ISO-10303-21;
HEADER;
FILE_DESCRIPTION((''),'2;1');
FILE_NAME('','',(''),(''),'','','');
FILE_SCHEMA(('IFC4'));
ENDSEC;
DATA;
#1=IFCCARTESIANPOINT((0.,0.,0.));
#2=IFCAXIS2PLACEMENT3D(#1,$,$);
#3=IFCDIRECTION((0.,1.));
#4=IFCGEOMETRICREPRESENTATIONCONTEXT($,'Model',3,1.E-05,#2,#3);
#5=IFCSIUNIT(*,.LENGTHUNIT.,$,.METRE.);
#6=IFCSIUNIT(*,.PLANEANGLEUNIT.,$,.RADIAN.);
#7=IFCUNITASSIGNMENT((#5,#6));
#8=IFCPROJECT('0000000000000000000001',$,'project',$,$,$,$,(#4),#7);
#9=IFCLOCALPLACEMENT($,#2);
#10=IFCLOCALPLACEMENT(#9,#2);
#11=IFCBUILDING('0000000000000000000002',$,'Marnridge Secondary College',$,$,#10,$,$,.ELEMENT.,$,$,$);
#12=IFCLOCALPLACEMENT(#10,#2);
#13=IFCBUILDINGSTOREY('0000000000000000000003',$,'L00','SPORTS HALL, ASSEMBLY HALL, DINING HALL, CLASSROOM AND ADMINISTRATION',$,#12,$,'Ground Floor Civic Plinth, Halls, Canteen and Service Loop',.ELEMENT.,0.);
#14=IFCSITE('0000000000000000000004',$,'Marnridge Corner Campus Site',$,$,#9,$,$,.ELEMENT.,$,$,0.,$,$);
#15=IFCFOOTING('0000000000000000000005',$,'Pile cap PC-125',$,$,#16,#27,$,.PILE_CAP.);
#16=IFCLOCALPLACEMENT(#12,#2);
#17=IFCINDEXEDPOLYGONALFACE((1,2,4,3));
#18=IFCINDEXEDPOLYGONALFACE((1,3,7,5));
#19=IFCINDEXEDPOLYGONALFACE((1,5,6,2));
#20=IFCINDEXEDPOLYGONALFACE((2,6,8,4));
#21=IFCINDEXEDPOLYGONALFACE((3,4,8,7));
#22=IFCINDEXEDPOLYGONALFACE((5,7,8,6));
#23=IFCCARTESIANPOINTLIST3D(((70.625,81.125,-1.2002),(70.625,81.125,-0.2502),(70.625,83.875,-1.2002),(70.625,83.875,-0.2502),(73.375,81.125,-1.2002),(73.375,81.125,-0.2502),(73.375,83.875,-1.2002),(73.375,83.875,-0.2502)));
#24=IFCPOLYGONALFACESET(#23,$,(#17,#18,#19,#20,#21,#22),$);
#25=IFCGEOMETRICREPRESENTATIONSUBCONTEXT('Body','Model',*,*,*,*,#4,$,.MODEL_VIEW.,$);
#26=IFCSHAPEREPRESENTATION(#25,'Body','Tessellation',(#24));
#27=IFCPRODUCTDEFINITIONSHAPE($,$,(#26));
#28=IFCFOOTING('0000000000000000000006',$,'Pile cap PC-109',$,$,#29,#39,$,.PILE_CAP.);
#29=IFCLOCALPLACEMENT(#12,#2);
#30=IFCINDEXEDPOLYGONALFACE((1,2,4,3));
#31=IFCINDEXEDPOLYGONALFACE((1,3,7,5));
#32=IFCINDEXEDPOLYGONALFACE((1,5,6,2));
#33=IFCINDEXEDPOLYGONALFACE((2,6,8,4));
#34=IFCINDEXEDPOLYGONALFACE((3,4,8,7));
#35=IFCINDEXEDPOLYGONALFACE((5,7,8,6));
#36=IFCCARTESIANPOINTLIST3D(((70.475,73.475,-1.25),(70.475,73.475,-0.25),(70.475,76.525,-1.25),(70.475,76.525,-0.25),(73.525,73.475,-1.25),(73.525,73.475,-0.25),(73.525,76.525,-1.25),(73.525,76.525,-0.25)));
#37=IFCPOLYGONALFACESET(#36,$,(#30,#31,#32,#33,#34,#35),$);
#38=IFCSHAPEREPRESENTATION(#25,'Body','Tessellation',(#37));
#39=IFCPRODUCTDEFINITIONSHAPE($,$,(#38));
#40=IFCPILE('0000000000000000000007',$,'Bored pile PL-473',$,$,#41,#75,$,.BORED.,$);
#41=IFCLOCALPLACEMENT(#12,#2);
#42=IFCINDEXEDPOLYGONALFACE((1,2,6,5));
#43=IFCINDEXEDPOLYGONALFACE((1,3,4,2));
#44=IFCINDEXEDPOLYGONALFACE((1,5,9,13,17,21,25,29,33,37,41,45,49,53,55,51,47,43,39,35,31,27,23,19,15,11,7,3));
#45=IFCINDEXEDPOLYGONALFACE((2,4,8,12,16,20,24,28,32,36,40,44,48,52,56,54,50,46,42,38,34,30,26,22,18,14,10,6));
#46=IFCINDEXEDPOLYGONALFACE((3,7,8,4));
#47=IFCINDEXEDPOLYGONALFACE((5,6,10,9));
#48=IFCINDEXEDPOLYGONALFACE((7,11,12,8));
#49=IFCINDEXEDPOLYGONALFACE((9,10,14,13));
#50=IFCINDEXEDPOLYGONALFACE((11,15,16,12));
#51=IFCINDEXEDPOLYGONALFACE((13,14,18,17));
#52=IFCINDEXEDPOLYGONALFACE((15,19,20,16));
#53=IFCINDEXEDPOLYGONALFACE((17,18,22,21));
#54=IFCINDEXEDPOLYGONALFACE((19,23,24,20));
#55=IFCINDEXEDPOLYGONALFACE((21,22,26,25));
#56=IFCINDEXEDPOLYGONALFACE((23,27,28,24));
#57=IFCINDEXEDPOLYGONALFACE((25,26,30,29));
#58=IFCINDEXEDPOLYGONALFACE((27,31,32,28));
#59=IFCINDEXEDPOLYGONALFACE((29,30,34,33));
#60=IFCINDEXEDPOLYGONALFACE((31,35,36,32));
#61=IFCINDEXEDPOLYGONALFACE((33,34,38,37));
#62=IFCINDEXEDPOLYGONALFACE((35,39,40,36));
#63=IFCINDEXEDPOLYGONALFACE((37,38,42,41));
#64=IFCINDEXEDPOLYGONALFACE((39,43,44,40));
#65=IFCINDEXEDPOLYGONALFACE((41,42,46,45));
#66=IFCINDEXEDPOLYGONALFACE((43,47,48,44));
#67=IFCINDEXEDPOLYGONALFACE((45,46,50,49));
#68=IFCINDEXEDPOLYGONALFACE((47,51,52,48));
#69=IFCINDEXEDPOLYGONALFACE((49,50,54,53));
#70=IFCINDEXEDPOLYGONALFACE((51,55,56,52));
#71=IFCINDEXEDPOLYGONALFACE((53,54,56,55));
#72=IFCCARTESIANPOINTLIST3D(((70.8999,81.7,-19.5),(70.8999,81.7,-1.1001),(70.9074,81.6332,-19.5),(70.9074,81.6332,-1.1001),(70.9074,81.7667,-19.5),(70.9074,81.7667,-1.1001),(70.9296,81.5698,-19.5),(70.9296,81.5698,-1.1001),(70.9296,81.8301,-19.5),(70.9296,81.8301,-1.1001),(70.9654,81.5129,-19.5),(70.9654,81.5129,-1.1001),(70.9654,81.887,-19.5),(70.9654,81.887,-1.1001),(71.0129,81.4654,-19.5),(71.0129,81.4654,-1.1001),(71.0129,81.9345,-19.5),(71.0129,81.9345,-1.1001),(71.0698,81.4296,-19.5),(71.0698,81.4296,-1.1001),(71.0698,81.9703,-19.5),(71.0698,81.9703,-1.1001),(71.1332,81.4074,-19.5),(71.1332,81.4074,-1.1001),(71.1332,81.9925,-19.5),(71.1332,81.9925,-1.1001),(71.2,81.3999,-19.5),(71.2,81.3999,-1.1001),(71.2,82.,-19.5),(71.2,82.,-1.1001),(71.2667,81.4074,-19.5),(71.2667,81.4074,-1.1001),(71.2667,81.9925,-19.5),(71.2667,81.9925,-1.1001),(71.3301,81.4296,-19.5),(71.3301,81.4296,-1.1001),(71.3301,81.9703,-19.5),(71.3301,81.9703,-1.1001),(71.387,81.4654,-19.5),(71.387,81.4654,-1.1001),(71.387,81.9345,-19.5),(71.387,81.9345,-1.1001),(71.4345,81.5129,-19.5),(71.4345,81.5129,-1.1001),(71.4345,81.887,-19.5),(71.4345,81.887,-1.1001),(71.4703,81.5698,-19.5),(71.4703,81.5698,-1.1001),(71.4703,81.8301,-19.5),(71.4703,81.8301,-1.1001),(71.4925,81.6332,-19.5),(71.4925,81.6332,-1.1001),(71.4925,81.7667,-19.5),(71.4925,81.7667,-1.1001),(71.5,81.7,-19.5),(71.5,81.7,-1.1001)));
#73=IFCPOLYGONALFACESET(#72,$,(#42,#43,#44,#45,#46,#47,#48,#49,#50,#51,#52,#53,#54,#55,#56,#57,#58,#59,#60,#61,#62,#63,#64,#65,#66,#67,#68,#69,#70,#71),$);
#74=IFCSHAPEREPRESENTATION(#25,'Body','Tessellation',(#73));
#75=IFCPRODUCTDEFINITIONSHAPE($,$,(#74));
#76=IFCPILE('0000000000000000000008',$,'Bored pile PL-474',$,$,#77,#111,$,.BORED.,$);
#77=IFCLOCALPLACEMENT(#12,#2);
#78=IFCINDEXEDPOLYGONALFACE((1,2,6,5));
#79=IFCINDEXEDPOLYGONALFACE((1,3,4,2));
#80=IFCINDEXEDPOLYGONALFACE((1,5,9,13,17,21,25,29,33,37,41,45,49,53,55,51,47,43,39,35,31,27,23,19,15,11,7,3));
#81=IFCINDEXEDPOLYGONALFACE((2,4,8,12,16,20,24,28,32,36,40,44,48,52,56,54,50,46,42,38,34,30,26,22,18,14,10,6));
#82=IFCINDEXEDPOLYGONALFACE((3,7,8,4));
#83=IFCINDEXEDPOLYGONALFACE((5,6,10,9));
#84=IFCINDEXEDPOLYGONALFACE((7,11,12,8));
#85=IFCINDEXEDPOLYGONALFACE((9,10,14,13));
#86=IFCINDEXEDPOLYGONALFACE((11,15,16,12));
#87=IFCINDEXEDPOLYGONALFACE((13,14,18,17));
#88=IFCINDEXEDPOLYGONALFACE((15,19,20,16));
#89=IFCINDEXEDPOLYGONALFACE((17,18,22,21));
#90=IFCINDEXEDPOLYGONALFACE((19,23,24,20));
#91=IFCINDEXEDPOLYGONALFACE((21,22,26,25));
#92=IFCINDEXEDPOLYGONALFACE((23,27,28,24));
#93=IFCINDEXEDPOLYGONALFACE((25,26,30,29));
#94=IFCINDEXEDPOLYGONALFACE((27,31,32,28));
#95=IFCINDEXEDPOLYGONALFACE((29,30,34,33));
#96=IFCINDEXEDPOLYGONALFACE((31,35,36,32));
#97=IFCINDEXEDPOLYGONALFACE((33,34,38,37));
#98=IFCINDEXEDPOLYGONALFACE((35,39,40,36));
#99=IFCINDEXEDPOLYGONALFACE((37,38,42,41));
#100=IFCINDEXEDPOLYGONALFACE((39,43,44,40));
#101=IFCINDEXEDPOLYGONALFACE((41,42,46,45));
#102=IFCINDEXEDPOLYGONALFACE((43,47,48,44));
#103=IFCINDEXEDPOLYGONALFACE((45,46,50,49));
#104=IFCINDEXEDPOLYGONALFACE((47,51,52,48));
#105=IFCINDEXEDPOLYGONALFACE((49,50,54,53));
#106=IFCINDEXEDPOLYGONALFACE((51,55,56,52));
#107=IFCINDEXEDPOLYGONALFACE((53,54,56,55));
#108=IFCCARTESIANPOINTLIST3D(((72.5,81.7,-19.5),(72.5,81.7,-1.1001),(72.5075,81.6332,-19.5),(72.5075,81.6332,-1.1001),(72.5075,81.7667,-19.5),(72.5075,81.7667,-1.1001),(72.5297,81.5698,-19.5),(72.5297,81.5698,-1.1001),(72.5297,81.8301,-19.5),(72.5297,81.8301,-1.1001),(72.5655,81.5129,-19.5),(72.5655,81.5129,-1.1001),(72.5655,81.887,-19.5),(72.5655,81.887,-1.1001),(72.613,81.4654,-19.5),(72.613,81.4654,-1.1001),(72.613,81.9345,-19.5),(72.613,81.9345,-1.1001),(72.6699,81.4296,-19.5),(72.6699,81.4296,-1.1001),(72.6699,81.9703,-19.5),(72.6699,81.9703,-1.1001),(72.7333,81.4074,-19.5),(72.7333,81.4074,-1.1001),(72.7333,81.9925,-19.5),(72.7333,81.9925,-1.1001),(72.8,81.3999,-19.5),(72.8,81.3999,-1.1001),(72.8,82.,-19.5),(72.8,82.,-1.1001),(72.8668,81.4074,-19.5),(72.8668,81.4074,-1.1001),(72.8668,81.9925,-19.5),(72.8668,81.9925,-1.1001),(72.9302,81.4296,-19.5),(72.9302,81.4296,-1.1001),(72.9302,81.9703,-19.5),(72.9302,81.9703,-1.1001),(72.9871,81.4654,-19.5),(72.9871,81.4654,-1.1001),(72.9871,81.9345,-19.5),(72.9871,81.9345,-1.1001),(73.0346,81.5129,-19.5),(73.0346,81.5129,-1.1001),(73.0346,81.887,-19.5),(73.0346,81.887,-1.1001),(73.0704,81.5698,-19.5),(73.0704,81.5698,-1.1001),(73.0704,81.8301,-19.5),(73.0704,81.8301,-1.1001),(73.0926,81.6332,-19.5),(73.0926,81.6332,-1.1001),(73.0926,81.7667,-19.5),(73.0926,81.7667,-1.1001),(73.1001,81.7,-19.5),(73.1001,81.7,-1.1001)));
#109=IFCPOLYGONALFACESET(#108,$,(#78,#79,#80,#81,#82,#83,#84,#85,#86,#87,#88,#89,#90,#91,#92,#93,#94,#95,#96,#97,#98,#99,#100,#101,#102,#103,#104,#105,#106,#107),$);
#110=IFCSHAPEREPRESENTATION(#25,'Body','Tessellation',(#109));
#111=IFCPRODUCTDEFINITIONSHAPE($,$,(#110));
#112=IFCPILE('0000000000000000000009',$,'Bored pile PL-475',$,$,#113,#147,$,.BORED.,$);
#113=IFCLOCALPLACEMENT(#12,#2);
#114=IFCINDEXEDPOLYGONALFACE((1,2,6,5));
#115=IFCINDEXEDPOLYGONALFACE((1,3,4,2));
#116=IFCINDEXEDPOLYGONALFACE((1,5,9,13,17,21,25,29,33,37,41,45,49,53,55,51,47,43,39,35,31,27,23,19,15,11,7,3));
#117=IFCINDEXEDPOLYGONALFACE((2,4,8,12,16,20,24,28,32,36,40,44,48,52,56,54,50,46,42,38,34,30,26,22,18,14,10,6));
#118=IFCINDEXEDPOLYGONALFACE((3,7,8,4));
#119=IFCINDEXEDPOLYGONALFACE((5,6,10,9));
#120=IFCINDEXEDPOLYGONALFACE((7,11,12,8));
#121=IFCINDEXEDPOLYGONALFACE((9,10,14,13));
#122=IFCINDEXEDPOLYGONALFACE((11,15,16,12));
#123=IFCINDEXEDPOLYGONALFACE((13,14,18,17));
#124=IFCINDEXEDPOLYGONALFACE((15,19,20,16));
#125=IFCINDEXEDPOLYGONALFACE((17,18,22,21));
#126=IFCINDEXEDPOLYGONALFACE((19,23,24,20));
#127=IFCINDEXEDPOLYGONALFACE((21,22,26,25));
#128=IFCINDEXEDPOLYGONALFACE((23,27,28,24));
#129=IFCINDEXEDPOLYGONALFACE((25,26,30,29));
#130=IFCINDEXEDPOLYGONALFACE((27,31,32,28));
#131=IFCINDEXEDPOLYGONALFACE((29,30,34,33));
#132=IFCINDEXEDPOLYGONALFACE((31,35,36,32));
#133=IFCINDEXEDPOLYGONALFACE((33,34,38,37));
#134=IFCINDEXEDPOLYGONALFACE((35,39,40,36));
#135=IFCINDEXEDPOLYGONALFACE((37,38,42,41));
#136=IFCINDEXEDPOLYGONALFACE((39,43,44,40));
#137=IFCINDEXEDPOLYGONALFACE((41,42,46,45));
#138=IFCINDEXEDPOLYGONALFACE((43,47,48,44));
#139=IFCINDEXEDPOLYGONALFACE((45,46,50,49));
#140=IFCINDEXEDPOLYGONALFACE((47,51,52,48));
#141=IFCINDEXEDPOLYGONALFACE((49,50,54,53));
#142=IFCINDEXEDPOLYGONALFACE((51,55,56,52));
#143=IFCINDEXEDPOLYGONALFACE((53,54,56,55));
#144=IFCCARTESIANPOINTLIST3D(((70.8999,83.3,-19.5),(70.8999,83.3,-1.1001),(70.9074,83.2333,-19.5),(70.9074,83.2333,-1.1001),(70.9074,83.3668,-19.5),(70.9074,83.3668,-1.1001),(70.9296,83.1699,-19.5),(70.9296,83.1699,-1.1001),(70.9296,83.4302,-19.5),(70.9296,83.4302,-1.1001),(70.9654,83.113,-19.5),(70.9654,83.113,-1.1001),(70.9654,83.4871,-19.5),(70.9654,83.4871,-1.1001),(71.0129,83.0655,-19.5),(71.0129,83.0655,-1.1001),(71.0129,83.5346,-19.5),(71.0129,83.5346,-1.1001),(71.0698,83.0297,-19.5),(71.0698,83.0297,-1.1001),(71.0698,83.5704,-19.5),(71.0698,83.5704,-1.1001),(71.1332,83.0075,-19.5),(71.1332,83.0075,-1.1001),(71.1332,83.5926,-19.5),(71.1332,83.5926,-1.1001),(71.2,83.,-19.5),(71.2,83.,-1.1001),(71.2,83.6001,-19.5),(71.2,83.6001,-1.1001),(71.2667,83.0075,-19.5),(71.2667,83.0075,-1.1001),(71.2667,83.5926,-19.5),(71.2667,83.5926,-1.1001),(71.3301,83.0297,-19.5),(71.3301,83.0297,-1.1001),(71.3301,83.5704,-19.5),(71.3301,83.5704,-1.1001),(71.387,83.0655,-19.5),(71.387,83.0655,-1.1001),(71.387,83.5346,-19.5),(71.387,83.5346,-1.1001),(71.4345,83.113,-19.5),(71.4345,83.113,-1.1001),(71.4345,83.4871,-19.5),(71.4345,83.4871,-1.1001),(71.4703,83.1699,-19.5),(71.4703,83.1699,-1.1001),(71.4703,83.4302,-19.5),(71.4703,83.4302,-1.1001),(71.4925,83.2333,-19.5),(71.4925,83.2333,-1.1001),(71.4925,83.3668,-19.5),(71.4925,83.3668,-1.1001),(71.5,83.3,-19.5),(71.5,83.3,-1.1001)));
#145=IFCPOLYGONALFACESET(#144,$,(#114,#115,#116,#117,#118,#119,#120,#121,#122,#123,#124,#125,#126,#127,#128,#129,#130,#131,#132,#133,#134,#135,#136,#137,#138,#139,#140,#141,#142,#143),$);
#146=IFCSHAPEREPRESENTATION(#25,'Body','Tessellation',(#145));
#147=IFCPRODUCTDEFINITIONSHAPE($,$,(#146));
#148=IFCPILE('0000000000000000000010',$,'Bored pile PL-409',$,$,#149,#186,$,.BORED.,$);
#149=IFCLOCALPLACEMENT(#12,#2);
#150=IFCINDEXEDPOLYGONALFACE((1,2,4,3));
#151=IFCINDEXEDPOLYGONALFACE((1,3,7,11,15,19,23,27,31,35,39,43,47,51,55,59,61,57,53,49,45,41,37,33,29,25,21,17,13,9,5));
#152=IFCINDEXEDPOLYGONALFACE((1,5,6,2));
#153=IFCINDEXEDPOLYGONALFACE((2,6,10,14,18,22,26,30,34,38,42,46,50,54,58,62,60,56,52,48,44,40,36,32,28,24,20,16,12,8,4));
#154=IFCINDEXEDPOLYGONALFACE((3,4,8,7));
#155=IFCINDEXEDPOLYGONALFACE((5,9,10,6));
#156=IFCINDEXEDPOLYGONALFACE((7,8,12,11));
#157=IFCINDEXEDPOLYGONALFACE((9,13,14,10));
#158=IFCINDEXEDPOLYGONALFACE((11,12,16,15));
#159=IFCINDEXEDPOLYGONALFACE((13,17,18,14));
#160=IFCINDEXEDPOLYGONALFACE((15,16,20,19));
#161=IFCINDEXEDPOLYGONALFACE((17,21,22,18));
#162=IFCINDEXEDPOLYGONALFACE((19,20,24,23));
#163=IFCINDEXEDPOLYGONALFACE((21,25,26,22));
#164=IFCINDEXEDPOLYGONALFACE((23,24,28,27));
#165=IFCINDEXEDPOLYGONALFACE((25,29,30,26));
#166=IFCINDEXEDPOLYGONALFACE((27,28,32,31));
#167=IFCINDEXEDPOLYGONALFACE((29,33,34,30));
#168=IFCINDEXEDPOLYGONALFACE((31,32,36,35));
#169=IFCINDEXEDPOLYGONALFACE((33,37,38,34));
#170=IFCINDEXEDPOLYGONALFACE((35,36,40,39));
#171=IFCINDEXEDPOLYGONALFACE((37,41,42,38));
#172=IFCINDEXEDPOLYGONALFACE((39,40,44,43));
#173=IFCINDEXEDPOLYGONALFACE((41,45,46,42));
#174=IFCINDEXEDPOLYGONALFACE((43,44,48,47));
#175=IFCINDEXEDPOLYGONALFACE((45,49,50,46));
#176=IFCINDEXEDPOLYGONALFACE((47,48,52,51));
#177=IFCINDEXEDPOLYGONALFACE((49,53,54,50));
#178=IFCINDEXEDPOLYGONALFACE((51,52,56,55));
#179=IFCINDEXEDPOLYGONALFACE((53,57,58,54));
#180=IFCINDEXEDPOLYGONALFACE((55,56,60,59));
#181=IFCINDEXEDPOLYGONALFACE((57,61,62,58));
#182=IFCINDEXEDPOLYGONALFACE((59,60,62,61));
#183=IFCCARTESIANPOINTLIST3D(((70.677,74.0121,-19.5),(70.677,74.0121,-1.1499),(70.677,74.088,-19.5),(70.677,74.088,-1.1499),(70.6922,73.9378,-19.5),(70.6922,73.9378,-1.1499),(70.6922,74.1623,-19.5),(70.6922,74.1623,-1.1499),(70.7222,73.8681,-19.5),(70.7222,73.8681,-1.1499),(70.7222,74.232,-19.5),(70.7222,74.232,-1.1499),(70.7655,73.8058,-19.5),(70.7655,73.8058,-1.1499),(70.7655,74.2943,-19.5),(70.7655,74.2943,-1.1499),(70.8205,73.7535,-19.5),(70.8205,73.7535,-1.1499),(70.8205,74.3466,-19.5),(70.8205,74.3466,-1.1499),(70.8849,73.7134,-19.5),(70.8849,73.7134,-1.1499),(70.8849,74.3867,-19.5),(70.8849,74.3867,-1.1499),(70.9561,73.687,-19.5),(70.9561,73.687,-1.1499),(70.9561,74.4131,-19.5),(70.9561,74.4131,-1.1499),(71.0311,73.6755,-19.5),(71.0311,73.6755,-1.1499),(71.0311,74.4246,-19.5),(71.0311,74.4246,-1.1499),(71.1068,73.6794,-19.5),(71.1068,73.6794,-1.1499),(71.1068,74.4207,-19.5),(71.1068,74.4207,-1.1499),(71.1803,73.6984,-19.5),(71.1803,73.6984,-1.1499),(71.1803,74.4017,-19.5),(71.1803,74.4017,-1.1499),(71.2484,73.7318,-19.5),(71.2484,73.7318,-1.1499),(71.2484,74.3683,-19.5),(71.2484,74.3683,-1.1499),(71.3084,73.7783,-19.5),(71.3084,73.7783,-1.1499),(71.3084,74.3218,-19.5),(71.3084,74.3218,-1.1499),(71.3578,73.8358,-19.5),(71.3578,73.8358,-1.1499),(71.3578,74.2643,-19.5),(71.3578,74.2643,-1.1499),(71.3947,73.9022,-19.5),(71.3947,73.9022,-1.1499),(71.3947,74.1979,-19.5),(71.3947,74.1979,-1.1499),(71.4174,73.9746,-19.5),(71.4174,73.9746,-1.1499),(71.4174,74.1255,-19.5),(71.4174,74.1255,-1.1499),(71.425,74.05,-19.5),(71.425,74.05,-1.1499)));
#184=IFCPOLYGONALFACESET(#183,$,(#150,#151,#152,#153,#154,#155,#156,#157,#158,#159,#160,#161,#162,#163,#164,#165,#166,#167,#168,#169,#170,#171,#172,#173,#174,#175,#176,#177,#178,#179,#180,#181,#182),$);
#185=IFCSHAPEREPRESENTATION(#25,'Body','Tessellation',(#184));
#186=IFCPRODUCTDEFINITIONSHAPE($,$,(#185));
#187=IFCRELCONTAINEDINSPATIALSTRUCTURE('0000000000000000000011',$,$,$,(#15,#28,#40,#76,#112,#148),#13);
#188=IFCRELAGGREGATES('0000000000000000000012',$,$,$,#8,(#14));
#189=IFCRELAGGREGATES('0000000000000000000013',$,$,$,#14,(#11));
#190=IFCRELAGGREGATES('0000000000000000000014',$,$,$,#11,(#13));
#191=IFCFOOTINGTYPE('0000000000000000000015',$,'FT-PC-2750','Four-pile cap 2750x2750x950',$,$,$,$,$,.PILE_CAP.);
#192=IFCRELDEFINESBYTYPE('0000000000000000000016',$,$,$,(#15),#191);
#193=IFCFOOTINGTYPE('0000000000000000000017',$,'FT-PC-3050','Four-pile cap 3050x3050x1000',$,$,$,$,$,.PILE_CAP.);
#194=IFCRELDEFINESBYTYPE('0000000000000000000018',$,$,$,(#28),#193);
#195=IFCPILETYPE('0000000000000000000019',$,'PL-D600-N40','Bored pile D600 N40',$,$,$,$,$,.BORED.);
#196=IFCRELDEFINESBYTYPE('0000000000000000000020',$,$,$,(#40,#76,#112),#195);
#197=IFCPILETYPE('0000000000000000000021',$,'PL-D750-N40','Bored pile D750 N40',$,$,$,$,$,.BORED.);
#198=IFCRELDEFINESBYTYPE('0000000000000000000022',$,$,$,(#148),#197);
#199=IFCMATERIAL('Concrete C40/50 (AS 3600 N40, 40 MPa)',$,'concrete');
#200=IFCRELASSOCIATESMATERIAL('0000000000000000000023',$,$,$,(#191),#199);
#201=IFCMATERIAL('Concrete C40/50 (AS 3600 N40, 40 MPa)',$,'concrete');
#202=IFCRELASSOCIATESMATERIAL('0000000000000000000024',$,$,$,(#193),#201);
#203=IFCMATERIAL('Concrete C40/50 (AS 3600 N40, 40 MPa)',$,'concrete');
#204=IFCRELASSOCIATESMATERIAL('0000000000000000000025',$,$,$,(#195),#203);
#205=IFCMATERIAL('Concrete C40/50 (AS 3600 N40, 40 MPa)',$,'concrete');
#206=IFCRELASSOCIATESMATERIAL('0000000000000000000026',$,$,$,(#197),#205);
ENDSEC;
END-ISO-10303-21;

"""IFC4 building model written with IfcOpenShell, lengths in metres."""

from ifc_helpers import new_model, si_unit, direction, frame, origin, origin_2d, place, context, subcontext, project, spatial, rectangle, circle, extrude, material, material_profile, profile_set, type_object, element, save


model = new_model("IFC4")

# Units and contexts
model_context = context("Model", 3, precision=1e-05, world=origin(), true_north=direction((0.0, 1.0)))
body_context = subcontext(model_context, "Body", "Model", "MODEL_VIEW")
ifc_project = project(units=[si_unit("LENGTHUNIT", "METRE"), si_unit("PLANEANGLEUNIT", "RADIAN")], contexts=[model_context])

# Site, building, storey
site_placement = place(None, origin())
site = spatial("IfcSite", under=ifc_project, at=site_placement, Name="Marnridge Corner Campus Site", CompositionType="ELEMENT", RefElevation=0.0)
building_placement = place(site_placement, origin())
building = spatial("IfcBuilding", under=site, at=building_placement, Name="Marnridge Secondary College", CompositionType="ELEMENT")
storey_placement = place(building_placement, origin())
storey = spatial("IfcBuildingStorey", under=building, at=storey_placement, Name="L00", Description="SPORTS HALL, ASSEMBLY HALL, DINING HALL, CLASSROOM AND ADMINISTRATION", LongName="Ground Floor Civic Plinth, Halls, Canteen and Service Loop", CompositionType="ELEMENT", Elevation=0.0)

# Footings
ifc_material_1 = material(Name="Concrete C40/50 (AS 3600 N40, 40 MPa)", Category="concrete")
footing_type_1 = type_object("IfcFootingType", Name="FT-PC-2750", Description="Four-pile cap 2750x2750x950", PredefinedType="PILE_CAP", material=ifc_material_1)
footing_1_placement = place(storey_placement, frame((72.0, 82.5, -1.2002), z_axis=(0.0, 0.0, 1.0), x_axis=(1.0, 0.0, 0.0)))
element("IfcFooting", 1, at=footing_1_placement, inside=storey, type_object=footing_type_1, Name="Pile cap PC-125", PredefinedType="PILE_CAP", context=body_context, shape_type="SweptSolid", body=[
    extrude(rectangle(XDim=2.75, YDim=2.75, at=origin_2d()), origin(), (0.0, 0.0, 1.0), 0.95),
])
ifc_material_2 = material(Name="Concrete C40/50 (AS 3600 N40, 40 MPa)", Category="concrete")
footing_type_2 = type_object("IfcFootingType", Name="FT-PC-3050", Description="Four-pile cap 3050x3050x1000", PredefinedType="PILE_CAP", material=ifc_material_2)
footing_2_placement = place(storey_placement, frame((72.0, 75.0, -1.25), z_axis=(0.0, 0.0, 1.0), x_axis=(1.0, 0.0, 0.0)))
element("IfcFooting", 2, at=footing_2_placement, inside=storey, type_object=footing_type_2, Name="Pile cap PC-109", PredefinedType="PILE_CAP", context=body_context, shape_type="SweptSolid", body=[
    extrude(rectangle(XDim=3.05, YDim=3.05, at=origin_2d()), origin(), (0.0, 0.0, 1.0), 1.0),
])

# Piles
ifc_material_3 = material(Name="Concrete C40/50 (AS 3600 N40, 40 MPa)", Category="concrete")
ifc_material_profile_1 = material_profile(ifc_material_3, circle(Radius=0.3, at=origin_2d()), Name="PILE D600")
ifc_profile_set_1 = profile_set([ifc_material_profile_1], Name="Concrete C40/50 (AS 3600 N40, 40 MPa)")
pile_type_1 = type_object("IfcPileType", Name="PL-D600-N40", Description="Bored pile D600 N40", PredefinedType="BORED", material=ifc_profile_set_1)
for number, where, z_axis, x_axis, name in (
    (3, (71.2, 81.7, -1.1001), (0.0, 0.0, -1.0), (1.0, 0.0, 0.0), "Bored pile PL-473"),
    (4, (72.8, 81.7, -1.1001), (0.0, 0.0, -1.0), (1.0, 0.0, 0.0), "Bored pile PL-474"),
    (5, (71.2, 83.3, -1.1001), (0.0, 0.0, -1.0), (1.0, 0.0, 0.0), "Bored pile PL-475"),
):
    element("IfcPile", number, at=place(storey_placement, frame(where, z_axis=z_axis, x_axis=x_axis)), inside=storey, type_object=pile_type_1, Name=name, PredefinedType="BORED", context=body_context, shape_type="SweptSolid", body=[
        extrude(circle(Radius=0.3, at=origin_2d()), origin(), (0.0, 0.0, 1.0), 18.3999),
    ])
ifc_material_4 = material(Name="Concrete C40/50 (AS 3600 N40, 40 MPa)", Category="concrete")
ifc_material_profile_2 = material_profile(ifc_material_4, circle(Radius=0.375, at=origin_2d()), Name="PILE D750")
ifc_profile_set_2 = profile_set([ifc_material_profile_2], Name="Concrete C40/50 (AS 3600 N40, 40 MPa)")
pile_type_2 = type_object("IfcPileType", Name="PL-D750-N40", Description="Bored pile D750 N40", PredefinedType="BORED", material=ifc_profile_set_2)
for number, where, z_axis, x_axis, name in (
    (6, (71.05, 74.05, -1.1499), (0.0, 0.0, -1.0), (1.0, 0.0, 0.0), "Bored pile PL-409"),
):
    element("IfcPile", number, at=place(storey_placement, frame(where, z_axis=z_axis, x_axis=x_axis)), inside=storey, type_object=pile_type_2, Name=name, PredefinedType="BORED", context=body_context, shape_type="SweptSolid", body=[
        extrude(circle(Radius=0.375, at=origin_2d()), origin(), (0.0, 0.0, 1.0), 18.3501),
    ])

save(model, "model.ifc")
